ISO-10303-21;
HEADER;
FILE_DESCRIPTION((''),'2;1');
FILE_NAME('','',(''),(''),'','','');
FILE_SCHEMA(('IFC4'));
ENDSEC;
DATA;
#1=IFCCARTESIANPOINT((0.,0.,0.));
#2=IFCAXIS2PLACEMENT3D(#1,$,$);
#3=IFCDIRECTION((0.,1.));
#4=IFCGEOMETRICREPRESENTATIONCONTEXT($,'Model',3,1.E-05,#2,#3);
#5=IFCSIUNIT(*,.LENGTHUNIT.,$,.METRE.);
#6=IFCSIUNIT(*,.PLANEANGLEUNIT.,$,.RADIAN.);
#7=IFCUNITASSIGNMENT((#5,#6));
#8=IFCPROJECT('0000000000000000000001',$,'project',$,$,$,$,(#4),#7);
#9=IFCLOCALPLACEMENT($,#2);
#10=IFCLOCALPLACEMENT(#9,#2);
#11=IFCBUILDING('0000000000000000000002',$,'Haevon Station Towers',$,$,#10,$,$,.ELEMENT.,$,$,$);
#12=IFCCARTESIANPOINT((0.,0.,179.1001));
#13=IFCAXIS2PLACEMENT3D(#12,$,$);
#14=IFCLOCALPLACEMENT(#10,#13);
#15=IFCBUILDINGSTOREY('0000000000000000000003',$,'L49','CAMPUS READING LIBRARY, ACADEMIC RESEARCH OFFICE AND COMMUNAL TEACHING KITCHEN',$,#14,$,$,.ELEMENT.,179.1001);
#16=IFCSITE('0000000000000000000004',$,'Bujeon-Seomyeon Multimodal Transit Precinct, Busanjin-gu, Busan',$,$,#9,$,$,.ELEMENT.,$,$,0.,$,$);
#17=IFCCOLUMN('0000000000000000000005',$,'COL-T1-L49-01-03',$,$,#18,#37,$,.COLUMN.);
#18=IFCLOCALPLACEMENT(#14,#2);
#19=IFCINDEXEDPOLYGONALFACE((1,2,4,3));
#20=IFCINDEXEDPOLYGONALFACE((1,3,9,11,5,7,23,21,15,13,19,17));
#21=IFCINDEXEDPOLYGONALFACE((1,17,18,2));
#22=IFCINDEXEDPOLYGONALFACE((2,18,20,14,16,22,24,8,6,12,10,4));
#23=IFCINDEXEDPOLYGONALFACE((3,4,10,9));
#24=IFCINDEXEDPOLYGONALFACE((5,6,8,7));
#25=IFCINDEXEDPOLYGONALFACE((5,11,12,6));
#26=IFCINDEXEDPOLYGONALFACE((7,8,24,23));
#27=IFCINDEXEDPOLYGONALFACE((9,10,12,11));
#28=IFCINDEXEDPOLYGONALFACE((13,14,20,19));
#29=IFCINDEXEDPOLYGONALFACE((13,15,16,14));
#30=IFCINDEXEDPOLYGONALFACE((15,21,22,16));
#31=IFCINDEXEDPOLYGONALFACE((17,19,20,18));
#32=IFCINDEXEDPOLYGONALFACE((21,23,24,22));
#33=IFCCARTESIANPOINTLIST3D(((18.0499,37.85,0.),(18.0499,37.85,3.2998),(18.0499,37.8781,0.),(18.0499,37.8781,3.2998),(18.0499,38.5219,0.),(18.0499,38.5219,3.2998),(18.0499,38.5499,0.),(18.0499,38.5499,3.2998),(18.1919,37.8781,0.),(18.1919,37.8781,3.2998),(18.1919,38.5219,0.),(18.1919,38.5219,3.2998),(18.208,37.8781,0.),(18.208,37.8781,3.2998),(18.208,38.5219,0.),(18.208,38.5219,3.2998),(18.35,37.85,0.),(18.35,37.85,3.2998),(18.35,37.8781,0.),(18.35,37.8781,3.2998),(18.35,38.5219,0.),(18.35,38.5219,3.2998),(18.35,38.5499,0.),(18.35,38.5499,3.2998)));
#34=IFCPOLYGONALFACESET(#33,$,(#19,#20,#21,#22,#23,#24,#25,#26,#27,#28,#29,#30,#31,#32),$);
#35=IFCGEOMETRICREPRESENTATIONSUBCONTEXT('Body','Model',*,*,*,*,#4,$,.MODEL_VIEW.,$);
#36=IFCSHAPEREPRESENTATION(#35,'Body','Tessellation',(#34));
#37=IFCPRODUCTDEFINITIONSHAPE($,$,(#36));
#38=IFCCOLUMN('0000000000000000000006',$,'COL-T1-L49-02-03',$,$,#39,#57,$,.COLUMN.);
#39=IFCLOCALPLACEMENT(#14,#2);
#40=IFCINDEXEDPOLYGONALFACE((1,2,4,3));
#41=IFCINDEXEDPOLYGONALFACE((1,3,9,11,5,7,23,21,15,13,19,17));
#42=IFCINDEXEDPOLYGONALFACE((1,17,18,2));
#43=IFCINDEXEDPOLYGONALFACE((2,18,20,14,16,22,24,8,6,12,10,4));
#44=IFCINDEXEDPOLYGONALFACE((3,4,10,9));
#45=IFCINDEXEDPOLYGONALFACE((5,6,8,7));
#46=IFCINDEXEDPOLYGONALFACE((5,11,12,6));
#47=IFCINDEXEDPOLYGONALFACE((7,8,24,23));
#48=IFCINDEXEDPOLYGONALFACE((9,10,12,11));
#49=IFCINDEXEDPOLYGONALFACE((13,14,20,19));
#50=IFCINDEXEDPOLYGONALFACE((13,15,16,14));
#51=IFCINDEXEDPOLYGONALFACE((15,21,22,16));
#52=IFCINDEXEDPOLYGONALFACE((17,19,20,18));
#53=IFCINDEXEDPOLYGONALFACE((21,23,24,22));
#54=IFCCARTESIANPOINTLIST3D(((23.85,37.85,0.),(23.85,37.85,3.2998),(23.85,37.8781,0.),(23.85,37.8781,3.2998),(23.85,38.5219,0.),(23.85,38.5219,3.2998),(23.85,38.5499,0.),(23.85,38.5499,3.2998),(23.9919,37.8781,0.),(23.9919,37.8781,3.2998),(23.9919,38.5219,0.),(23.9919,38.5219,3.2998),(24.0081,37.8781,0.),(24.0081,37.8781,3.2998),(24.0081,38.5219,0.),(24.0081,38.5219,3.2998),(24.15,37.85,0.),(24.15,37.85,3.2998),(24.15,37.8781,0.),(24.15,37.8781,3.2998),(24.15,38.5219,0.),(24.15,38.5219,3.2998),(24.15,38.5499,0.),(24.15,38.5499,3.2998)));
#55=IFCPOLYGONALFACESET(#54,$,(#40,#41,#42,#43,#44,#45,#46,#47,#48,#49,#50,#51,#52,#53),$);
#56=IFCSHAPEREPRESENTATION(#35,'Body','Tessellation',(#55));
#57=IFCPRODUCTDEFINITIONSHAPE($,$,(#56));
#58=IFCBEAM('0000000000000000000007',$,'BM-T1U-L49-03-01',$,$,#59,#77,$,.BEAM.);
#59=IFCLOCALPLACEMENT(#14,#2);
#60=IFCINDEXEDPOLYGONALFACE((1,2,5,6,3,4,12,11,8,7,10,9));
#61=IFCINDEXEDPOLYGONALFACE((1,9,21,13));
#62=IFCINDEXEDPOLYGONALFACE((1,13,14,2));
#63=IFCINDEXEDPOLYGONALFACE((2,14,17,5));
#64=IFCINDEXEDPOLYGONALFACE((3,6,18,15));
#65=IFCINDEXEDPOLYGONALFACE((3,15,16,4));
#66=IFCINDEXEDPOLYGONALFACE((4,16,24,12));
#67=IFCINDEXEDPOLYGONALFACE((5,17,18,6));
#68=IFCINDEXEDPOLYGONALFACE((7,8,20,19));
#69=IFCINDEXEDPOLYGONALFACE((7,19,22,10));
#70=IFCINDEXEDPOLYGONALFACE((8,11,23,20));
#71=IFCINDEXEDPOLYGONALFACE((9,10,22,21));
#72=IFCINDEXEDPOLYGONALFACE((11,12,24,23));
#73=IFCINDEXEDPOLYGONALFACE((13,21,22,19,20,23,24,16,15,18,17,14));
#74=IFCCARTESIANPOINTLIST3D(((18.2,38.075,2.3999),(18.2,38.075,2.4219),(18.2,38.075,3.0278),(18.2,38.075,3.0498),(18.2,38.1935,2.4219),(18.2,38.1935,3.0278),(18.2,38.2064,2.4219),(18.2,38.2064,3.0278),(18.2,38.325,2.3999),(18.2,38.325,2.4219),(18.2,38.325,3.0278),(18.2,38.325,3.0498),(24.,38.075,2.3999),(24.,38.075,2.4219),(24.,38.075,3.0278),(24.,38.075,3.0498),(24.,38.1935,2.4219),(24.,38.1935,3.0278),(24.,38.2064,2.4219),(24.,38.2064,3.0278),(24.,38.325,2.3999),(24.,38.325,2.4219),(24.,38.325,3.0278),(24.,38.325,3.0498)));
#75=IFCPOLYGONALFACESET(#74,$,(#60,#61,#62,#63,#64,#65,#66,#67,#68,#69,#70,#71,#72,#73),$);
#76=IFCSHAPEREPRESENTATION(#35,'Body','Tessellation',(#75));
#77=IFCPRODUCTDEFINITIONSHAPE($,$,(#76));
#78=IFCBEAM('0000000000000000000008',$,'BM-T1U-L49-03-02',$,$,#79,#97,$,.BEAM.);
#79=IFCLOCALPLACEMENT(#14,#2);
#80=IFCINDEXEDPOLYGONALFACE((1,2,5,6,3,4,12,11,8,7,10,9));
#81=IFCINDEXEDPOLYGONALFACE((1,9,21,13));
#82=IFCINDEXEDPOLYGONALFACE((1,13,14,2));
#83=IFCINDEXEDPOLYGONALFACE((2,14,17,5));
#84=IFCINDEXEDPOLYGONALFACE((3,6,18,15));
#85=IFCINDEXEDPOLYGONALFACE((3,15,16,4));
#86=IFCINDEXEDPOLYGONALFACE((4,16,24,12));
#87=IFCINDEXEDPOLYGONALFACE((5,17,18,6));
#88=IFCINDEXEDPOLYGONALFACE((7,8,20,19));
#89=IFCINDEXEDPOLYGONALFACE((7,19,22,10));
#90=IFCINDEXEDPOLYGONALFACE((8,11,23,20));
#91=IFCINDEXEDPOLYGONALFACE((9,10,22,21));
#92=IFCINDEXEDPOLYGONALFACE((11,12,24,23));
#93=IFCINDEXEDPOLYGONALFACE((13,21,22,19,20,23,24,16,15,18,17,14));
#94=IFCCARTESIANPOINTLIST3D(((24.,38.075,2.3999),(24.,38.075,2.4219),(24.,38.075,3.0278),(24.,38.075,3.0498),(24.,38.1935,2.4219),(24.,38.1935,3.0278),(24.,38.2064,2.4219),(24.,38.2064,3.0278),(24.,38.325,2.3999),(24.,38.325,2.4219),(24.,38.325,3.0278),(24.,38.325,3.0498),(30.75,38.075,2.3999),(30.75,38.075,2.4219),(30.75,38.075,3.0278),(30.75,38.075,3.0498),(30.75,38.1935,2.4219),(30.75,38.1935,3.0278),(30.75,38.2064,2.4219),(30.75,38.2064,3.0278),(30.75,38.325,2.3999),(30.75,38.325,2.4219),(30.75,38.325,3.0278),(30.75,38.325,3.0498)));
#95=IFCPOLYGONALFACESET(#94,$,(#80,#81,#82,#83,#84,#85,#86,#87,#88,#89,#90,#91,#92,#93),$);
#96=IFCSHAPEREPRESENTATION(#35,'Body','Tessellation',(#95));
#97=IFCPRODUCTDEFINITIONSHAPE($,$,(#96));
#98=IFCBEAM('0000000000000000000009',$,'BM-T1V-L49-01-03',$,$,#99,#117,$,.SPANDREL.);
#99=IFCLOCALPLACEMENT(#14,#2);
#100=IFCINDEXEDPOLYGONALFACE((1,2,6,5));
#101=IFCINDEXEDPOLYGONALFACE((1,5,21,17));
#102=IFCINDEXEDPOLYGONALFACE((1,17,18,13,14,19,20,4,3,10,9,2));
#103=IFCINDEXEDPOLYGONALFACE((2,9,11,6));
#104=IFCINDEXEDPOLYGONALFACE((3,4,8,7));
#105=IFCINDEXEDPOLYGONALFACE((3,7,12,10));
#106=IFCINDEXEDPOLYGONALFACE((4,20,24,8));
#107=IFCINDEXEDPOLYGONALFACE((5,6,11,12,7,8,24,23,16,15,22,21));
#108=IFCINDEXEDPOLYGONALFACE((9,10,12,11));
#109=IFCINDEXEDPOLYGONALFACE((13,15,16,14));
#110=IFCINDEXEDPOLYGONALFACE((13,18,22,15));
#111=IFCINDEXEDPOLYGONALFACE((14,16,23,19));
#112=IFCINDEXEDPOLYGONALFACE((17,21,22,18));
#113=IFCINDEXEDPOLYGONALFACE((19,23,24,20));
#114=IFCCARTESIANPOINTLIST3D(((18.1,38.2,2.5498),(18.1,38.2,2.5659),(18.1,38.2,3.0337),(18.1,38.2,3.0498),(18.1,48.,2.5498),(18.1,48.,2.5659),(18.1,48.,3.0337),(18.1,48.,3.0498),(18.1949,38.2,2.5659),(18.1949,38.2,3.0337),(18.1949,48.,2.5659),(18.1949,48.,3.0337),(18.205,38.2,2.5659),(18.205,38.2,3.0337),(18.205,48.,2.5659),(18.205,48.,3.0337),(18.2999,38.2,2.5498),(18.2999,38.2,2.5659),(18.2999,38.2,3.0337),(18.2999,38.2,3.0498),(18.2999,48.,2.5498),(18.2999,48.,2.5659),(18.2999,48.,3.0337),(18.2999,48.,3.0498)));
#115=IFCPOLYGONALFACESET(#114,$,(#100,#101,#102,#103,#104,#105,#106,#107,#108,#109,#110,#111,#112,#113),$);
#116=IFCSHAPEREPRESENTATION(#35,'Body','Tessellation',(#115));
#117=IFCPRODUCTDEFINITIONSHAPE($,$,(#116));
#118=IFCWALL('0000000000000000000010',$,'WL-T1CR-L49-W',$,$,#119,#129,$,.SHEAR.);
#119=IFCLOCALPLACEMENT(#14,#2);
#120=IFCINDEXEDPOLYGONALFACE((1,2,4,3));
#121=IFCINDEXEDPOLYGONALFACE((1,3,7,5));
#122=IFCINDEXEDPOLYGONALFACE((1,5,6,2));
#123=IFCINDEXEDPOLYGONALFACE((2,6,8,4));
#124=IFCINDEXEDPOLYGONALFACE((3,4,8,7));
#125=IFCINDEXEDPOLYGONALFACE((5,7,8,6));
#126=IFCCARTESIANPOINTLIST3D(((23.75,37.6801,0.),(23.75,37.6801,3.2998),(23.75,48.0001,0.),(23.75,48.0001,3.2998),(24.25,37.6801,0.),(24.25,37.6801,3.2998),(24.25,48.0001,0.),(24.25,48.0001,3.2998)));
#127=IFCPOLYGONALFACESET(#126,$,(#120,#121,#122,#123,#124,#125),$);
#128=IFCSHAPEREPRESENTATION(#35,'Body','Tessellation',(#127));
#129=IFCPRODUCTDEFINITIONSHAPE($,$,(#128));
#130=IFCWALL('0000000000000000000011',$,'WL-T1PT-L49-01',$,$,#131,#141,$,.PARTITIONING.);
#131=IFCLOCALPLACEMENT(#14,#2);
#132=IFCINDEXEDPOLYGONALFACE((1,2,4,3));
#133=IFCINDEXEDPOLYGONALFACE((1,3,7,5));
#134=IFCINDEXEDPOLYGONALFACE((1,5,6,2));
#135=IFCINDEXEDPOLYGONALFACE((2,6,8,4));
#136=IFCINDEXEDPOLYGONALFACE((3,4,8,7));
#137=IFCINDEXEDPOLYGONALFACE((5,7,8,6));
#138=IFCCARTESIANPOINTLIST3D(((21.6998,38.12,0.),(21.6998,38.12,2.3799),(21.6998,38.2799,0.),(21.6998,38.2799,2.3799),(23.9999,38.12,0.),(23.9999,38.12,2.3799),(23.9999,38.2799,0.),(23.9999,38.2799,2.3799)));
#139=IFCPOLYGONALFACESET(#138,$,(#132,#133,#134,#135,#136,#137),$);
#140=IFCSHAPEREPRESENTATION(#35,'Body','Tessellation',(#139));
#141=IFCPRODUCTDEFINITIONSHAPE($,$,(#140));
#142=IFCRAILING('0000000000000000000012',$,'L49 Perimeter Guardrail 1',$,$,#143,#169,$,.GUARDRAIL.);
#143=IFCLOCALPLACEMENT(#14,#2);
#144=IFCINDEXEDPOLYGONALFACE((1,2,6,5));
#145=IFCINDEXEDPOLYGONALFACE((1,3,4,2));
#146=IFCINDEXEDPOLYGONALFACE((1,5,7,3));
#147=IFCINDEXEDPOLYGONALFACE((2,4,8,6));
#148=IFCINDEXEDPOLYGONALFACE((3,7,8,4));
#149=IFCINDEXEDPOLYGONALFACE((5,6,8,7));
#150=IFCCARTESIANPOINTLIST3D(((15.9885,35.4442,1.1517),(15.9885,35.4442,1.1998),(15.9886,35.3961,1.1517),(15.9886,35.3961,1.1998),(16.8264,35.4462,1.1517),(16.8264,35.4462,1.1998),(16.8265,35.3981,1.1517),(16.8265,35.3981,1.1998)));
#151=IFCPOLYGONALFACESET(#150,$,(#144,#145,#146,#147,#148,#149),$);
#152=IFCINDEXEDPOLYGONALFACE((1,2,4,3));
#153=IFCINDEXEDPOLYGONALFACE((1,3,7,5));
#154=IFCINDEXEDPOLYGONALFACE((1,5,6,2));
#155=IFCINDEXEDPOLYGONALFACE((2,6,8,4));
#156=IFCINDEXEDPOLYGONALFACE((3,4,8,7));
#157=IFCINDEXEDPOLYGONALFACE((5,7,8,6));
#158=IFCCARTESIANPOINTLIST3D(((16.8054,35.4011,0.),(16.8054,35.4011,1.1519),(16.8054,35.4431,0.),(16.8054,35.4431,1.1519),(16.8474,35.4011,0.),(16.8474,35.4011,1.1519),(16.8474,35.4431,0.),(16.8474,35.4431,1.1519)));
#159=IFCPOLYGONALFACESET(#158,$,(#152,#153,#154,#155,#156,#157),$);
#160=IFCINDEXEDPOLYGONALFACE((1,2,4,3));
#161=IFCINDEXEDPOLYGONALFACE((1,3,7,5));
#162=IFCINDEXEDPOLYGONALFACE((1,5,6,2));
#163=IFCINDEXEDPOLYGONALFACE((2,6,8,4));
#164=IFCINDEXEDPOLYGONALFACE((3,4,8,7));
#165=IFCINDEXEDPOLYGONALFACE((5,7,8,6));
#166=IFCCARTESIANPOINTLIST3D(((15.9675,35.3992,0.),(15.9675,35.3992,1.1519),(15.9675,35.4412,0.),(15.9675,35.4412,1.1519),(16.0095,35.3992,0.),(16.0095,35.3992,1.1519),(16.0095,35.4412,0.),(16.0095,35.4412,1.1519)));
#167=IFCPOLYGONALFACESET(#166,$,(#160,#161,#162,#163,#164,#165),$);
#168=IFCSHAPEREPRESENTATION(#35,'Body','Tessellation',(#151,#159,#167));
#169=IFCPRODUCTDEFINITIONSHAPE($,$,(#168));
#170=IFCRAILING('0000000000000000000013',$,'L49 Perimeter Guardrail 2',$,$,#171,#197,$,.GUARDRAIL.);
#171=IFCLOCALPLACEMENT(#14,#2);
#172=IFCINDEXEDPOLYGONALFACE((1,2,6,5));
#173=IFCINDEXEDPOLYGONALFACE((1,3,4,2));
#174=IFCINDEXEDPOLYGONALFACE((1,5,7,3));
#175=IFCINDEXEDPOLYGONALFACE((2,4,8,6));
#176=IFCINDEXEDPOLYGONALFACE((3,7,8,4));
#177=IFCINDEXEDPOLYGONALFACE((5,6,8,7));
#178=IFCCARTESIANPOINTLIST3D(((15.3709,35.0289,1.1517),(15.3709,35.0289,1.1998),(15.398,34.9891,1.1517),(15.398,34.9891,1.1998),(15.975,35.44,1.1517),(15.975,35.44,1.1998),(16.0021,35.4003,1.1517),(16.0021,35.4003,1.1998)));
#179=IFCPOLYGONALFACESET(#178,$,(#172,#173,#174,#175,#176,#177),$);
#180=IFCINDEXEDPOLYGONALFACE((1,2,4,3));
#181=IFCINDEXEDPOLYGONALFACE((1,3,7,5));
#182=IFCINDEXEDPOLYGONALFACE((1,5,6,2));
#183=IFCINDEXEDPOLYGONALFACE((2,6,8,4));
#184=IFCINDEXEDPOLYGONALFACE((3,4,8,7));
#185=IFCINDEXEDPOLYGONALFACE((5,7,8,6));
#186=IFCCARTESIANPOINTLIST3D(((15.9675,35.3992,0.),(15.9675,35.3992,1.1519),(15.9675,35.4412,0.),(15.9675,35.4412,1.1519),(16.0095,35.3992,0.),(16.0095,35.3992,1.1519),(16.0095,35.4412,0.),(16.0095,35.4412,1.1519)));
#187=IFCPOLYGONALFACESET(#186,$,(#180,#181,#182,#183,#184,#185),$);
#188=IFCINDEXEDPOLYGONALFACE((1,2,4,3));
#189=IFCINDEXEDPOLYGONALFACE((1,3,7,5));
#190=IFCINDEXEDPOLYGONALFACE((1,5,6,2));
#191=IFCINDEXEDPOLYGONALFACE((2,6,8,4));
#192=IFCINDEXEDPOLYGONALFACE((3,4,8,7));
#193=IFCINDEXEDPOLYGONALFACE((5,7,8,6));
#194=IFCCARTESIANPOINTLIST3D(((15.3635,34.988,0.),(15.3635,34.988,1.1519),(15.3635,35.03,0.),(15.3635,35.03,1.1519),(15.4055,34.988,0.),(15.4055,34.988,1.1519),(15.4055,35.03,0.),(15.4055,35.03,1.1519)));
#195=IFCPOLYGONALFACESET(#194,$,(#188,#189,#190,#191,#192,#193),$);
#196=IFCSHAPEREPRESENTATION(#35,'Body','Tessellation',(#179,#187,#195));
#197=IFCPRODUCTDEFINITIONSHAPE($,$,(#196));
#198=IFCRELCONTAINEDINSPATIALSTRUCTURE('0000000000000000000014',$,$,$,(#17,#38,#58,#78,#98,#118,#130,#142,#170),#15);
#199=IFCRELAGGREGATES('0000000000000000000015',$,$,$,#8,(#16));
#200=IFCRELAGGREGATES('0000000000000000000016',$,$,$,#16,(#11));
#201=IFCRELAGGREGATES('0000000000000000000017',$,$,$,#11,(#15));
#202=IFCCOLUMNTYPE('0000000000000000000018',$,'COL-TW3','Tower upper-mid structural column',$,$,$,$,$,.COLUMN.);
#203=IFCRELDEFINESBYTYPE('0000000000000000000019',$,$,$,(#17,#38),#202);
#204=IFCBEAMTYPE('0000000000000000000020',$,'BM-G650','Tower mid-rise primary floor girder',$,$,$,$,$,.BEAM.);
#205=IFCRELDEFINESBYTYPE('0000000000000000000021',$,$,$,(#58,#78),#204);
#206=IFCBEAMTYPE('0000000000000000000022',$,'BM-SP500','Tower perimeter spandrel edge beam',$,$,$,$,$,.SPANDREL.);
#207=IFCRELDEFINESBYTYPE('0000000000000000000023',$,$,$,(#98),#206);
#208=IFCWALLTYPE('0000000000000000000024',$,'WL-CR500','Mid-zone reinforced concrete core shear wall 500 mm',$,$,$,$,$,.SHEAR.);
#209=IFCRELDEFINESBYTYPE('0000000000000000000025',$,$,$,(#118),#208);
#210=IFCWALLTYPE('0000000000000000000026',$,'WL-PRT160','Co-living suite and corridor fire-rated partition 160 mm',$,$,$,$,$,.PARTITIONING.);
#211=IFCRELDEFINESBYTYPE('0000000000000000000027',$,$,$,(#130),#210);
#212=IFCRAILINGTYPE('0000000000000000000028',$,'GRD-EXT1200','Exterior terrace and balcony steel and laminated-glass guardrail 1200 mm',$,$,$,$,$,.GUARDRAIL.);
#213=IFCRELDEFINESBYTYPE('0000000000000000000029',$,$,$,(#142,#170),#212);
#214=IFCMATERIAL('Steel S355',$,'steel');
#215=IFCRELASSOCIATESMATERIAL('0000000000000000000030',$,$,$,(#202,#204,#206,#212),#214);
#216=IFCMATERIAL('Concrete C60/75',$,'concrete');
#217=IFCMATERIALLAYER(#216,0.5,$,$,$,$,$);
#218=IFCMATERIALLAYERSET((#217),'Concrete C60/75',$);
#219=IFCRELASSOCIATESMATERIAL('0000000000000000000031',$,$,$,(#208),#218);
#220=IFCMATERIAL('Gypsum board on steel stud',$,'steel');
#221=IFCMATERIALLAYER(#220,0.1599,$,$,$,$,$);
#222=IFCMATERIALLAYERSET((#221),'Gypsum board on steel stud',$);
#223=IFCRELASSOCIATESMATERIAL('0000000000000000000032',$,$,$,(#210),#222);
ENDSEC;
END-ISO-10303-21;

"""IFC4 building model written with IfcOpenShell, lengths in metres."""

from ifc_helpers import new_model, si_unit, direction, frame, frame_2d, origin, origin_2d, place, context, subcontext, project, spatial, rectangle, i_section, extrude, material, layer, layer_set, material_profile, profile_set, type_object, element, save


model = new_model("IFC4")

# Units and contexts
model_context = context("Model", 3, precision=1e-05, world=origin(), true_north=direction((0.0, 1.0)))
body_context = subcontext(model_context, "Body", "Model", "MODEL_VIEW")
ifc_project = project(units=[si_unit("LENGTHUNIT", "METRE"), si_unit("PLANEANGLEUNIT", "RADIAN")], contexts=[model_context])

# Site, building, storey
site_placement = place(None, origin())
site = spatial("IfcSite", under=ifc_project, at=site_placement, Name="Bujeon-Seomyeon Multimodal Transit Precinct, Busanjin-gu, Busan", CompositionType="ELEMENT", RefElevation=0.0)
building_placement = place(site_placement, origin())
building = spatial("IfcBuilding", under=site, at=building_placement, Name="Haevon Station Towers", CompositionType="ELEMENT")
storey_placement = place(building_placement, frame((0.0, 0.0, 179.1001)))
storey = spatial("IfcBuildingStorey", under=building, at=storey_placement, Name="L49", Description="CAMPUS READING LIBRARY, ACADEMIC RESEARCH OFFICE AND COMMUNAL TEACHING KITCHEN", CompositionType="ELEMENT", Elevation=179.1001)

# Columns
ifc_material_1 = material(Name="Steel S355", Category="steel")
ifc_material_profile_1 = material_profile(ifc_material_1, i_section(OverallWidth=0.3, OverallDepth=0.7, WebThickness=0.0161, FlangeThickness=0.0281, at=origin_2d()), Name="H-700x300x16x28")
ifc_profile_set_1 = profile_set([ifc_material_profile_1], Name="Steel S355")
column_type = type_object("IfcColumnType", Name="COL-TW3", Description="Tower upper-mid structural column", PredefinedType="COLUMN", material=ifc_profile_set_1)
for number, where, z_axis, x_axis, name in (
    (1, (18.2, 38.2, 0.0), (0.0, 0.0, 1.0), (1.0, 0.0, 0.0), "COL-T1-L49-01-03"),
    (2, (24.0, 38.2, 0.0), (0.0, 0.0, 1.0), (1.0, 0.0, 0.0), "COL-T1-L49-02-03"),
):
    element("IfcColumn", number, at=place(storey_placement, frame(where, z_axis=z_axis, x_axis=x_axis)), inside=storey, type_object=column_type, Name=name, PredefinedType="COLUMN", context=body_context, shape_type="SweptSolid", body=[
        extrude(i_section(OverallWidth=0.3, OverallDepth=0.7, WebThickness=0.0161, FlangeThickness=0.0281, at=origin_2d()), origin(), (0.0, 0.0, 1.0), 3.2998),
    ])

# Beams
ifc_material_profile_2 = material_profile(ifc_material_1, i_section(OverallWidth=0.25, OverallDepth=0.6499, WebThickness=0.0129, FlangeThickness=0.022, at=origin_2d()), Name="H-650x250x13x22")
ifc_profile_set_2 = profile_set([ifc_material_profile_2], Name="Steel S355")
beam_type_1 = type_object("IfcBeamType", Name="BM-G650", Description="Tower mid-rise primary floor girder", PredefinedType="BEAM", material=ifc_profile_set_2)
beam_1_placement = place(storey_placement, frame((18.2, 38.2, 2.7249), z_axis=(1.0, 0.0, 0.0), x_axis=(0.0, 1.0, 0.0)))
element("IfcBeam", 3, at=beam_1_placement, inside=storey, type_object=beam_type_1, Name="BM-T1U-L49-03-01", PredefinedType="BEAM", context=body_context, shape_type="SweptSolid", body=[
    extrude(i_section(OverallWidth=0.25, OverallDepth=0.6499, WebThickness=0.0129, FlangeThickness=0.022, at=origin_2d()), origin(), (0.0, 0.0, 1.0), 5.8),
])
beam_2_placement = place(storey_placement, frame((24.0, 38.2, 2.7249), z_axis=(1.0, 0.0, 0.0), x_axis=(0.0, 1.0, 0.0)))
element("IfcBeam", 4, at=beam_2_placement, inside=storey, type_object=beam_type_1, Name="BM-T1U-L49-03-02", PredefinedType="BEAM", context=body_context, shape_type="SweptSolid", body=[
    extrude(i_section(OverallWidth=0.25, OverallDepth=0.6499, WebThickness=0.0129, FlangeThickness=0.022, at=origin_2d()), origin(), (0.0, 0.0, 1.0), 6.75),
])
ifc_material_profile_3 = material_profile(ifc_material_1, i_section(OverallWidth=0.2, OverallDepth=0.5, WebThickness=0.01, FlangeThickness=0.0161, at=origin_2d()), Name="H-500x200x10x16")
ifc_profile_set_3 = profile_set([ifc_material_profile_3], Name="Steel S355")
beam_type_2 = type_object("IfcBeamType", Name="BM-SP500", Description="Tower perimeter spandrel edge beam", PredefinedType="SPANDREL", material=ifc_profile_set_3)
beam_3_placement = place(storey_placement, frame((18.2, 38.2, 2.7998), z_axis=(0.0, 1.0, 0.0), x_axis=(-1.0, 0.0, 0.0)))
element("IfcBeam", 5, at=beam_3_placement, inside=storey, type_object=beam_type_2, Name="BM-T1V-L49-01-03", PredefinedType="SPANDREL", context=body_context, shape_type="SweptSolid", body=[
    extrude(i_section(OverallWidth=0.2, OverallDepth=0.5, WebThickness=0.01, FlangeThickness=0.0161, at=origin_2d()), origin(), (0.0, 0.0, 1.0), 9.8),
])

# Walls
ifc_material_2 = material(Name="Concrete C60/75", Category="concrete")
ifc_layer_1 = layer(ifc_material_2, 0.5)
ifc_layer_set_1 = layer_set([ifc_layer_1], Name="Concrete C60/75")
wall_type_1 = type_object("IfcWallType", Name="WL-CR500", Description="Mid-zone reinforced concrete core shear wall 500 mm", PredefinedType="SHEAR", material=ifc_layer_set_1)
wall_1_placement = place(storey_placement, frame((24.0, 37.6799, 0.0), z_axis=(0.0, 0.0, 1.0), x_axis=(0.0, 1.0, 0.0)))
element("IfcWall", 6, at=wall_1_placement, inside=storey, type_object=wall_type_1, Name="WL-T1CR-L49-W", PredefinedType="SHEAR", context=body_context, shape_type="SweptSolid", body=[
    extrude(rectangle(XDim=10.3201, YDim=0.5, at=frame_2d((5.1602, 0.0))), origin(), (0.0, 0.0, 1.0), 3.2998),
])
ifc_material_3 = material(Name="Gypsum board on steel stud", Category="steel")
ifc_layer_2 = layer(ifc_material_3, 0.1599)
ifc_layer_set_2 = layer_set([ifc_layer_2], Name="Gypsum board on steel stud")
wall_type_2 = type_object("IfcWallType", Name="WL-PRT160", Description="Co-living suite and corridor fire-rated partition 160 mm", PredefinedType="PARTITIONING", material=ifc_layer_set_2)
wall_2_placement = place(storey_placement, frame((21.7, 38.2, 0.0), z_axis=(0.0, 0.0, 1.0), x_axis=(1.0, 0.0, 0.0)))
element("IfcWall", 7, at=wall_2_placement, inside=storey, type_object=wall_type_2, Name="WL-T1PT-L49-01", PredefinedType="PARTITIONING", context=body_context, shape_type="SweptSolid", body=[
    extrude(rectangle(XDim=2.3, YDim=0.1599, at=frame_2d((1.1499, 0.0))), origin(), (0.0, 0.0, 1.0), 2.3799),
])

# Railings
railing_type = type_object("IfcRailingType", Name="GRD-EXT1200", Description="Exterior terrace and balcony steel and laminated-glass guardrail 1200 mm", PredefinedType="GUARDRAIL", material=ifc_material_1)
railing_1_placement = place(storey_placement, frame((16.8264, 35.4221, 0.0)))
element("IfcRailing", 8, at=railing_1_placement, inside=storey, type_object=railing_type, Name="L49 Perimeter Guardrail 1", PredefinedType="GUARDRAIL", context=body_context, shape_type="SweptSolid", body=[
    extrude(rectangle(XDim=0.0481, YDim=0.0481, at=origin_2d()), frame((0.0, 0.0, 1.1758), z_axis=(-0.999997, -0.002331, 0.0), x_axis=(0.002331, -0.999997, 0.0)), (0.0, 0.0, 1.0), 0.8379),
    extrude(rectangle(XDim=0.042, YDim=0.042, at=origin_2d()), origin(), (0.0, 0.0, 1.0), 1.1519),
    extrude(rectangle(XDim=0.042, YDim=0.042, at=origin_2d()), frame((-0.8379, -0.002, 0.0)), (0.0, 0.0, 1.0), 1.1519),
])
railing_2_placement = place(storey_placement, frame((15.9885, 35.4202, 0.0)))
element("IfcRailing", 9, at=railing_2_placement, inside=storey, type_object=railing_type, Name="L49 Perimeter Guardrail 2", PredefinedType="GUARDRAIL", context=body_context, shape_type="SweptSolid", body=[
    extrude(rectangle(XDim=0.0481, YDim=0.0481, at=origin_2d()), frame((0.0, 0.0, 1.1758), z_axis=(-0.826665, -0.562694, 0.0), x_axis=(0.562694, -0.826665, 0.0)), (0.0, 0.0, 1.0), 0.7307),
    extrude(rectangle(XDim=0.042, YDim=0.042, at=origin_2d()), origin(), (0.0, 0.0, 1.0), 1.1519),
    extrude(rectangle(XDim=0.042, YDim=0.042, at=origin_2d()), frame((-0.604, -0.4111, 0.0)), (0.0, 0.0, 1.0), 1.1519),
])

save(model, "model.ifc")
